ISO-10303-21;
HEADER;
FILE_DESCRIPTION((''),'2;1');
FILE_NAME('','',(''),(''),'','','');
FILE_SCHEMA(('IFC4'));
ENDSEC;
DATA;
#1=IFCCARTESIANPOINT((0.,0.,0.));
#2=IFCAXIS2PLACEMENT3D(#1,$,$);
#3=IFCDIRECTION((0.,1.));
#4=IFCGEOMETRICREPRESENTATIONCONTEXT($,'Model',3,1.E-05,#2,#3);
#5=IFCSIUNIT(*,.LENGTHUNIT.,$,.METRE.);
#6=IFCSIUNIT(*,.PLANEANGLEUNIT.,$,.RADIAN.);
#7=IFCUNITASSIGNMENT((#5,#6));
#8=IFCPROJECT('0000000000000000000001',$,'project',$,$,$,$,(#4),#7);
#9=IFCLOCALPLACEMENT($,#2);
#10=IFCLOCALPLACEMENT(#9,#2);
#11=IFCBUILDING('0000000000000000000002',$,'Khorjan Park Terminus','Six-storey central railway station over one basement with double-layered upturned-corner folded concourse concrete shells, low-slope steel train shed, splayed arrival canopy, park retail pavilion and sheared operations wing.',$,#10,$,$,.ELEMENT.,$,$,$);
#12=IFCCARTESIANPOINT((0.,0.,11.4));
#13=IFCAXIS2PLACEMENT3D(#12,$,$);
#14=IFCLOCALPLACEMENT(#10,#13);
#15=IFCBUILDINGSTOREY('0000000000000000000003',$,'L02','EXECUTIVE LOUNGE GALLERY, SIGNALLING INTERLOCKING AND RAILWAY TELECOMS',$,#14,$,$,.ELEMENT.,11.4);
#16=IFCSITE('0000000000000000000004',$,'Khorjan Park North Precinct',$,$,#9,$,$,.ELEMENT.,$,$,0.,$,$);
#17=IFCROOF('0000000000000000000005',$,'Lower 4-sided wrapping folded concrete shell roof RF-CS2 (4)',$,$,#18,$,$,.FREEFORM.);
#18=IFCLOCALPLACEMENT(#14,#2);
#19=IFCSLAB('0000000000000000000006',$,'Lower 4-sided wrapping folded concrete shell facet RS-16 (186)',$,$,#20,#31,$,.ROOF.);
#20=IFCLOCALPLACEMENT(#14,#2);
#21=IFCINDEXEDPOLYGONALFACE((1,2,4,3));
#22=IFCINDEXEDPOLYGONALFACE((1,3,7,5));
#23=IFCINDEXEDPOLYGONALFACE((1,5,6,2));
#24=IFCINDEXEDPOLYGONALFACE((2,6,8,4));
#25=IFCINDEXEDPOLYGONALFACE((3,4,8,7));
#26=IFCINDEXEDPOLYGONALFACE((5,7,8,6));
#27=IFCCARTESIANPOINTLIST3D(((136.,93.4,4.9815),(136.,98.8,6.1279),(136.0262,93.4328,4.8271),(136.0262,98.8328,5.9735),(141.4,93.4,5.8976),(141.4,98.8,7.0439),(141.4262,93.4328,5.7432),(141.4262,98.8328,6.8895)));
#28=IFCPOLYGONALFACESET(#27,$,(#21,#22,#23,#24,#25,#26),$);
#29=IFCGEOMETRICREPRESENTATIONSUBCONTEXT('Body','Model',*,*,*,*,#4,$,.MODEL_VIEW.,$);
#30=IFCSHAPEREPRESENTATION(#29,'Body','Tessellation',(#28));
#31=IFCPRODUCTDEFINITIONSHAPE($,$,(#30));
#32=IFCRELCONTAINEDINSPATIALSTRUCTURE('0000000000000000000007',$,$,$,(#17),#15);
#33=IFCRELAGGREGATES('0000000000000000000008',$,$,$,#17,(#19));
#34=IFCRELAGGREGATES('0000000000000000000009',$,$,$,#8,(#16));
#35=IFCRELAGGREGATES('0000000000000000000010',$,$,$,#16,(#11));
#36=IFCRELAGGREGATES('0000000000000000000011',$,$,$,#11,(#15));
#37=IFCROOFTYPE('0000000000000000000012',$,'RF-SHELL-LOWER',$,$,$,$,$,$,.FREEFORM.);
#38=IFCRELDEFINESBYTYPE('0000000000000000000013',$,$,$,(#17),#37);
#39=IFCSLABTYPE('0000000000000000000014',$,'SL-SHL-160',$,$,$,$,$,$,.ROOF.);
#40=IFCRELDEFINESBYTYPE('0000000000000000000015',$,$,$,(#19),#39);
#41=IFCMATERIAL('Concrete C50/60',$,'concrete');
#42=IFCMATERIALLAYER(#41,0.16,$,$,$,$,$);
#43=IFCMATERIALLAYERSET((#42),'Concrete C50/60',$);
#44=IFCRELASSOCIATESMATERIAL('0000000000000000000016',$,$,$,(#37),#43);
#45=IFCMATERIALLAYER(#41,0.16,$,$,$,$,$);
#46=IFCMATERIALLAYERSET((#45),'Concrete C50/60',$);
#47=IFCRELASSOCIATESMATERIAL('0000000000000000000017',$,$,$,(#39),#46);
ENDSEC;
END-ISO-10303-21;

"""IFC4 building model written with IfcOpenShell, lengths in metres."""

from ifc_helpers import new_model, si_unit, direction, frame, origin, place, context, subcontext, project, spatial, polyline, outline, extrude, material, layer, layer_set, type_object, element, aggregate, save


model = new_model("IFC4")

# Units and contexts
model_context = context("Model", 3, precision=1e-05, world=origin(), true_north=direction((0.0, 1.0)))
body_context = subcontext(model_context, "Body", "Model", "MODEL_VIEW")
ifc_project = project(units=[si_unit("LENGTHUNIT", "METRE"), si_unit("PLANEANGLEUNIT", "RADIAN")], contexts=[model_context])

# Site, building, storey
site_placement = place(None, origin())
site = spatial("IfcSite", under=ifc_project, at=site_placement, Name="Khorjan Park North Precinct", CompositionType="ELEMENT", RefElevation=0.0)
building_placement = place(site_placement, origin())
building = spatial("IfcBuilding", under=site, at=building_placement, Name="Khorjan Park Terminus", Description="Six-storey central railway station over one basement with double-layered upturned-corner folded concourse concrete shells, low-slope steel train shed, splayed arrival canopy, park retail pavilion and sheared operations wing.", CompositionType="ELEMENT")
storey_placement = place(building_placement, frame((0.0, 0.0, 11.4)))
storey = spatial("IfcBuildingStorey", under=building, at=storey_placement, Name="L02", Description="EXECUTIVE LOUNGE GALLERY, SIGNALLING INTERLOCKING AND RAILWAY TELECOMS", CompositionType="ELEMENT", Elevation=11.4)

# Roof, slab
ifc_material_1 = material(Name="Concrete C50/60", Category="concrete")
ifc_layer_1 = layer(ifc_material_1, 0.16)
ifc_layer_set_1 = layer_set([ifc_layer_1], Name="Concrete C50/60")
roof_type = type_object("IfcRoofType", Name="RF-SHELL-LOWER", PredefinedType="FREEFORM", material=ifc_layer_set_1)
roof_placement = place(storey_placement, origin())
roof = element("IfcRoof", 1, at=roof_placement, inside=storey, type_object=roof_type, Name="Lower 4-sided wrapping folded concrete shell roof RF-CS2 (4)", PredefinedType="FREEFORM")
ifc_layer_2 = layer(ifc_material_1, 0.16)
ifc_layer_set_2 = layer_set([ifc_layer_2], Name="Concrete C50/60")
slab_type = type_object("IfcSlabType", Name="SL-SHL-160", PredefinedType="ROOF", material=ifc_layer_set_2)
slab_1_placement = place(storey_placement, frame((136.0, 93.4, 4.9815), z_axis=(-0.163702, -0.204858, 0.965005), x_axis=(0.985915, 0.000002, 0.16725)))
slab_1 = element("IfcSlab", 2, at=slab_1_placement, type_object=slab_type, Name="Lower 4-sided wrapping folded concrete shell facet RS-16 (186)", PredefinedType="ROOF", context=body_context, shape_type="SweptSolid", body=[
    extrude(outline(polyline([(0.0, 0.0), (5.4772, 0.0), (5.6689, 5.517), (0.1917, 5.517), (0.0, 0.0)])), origin(), (0.0, 0.0, -1.0), 0.16),
])
aggregate(roof, [slab_1])

save(model, "model.ifc")
